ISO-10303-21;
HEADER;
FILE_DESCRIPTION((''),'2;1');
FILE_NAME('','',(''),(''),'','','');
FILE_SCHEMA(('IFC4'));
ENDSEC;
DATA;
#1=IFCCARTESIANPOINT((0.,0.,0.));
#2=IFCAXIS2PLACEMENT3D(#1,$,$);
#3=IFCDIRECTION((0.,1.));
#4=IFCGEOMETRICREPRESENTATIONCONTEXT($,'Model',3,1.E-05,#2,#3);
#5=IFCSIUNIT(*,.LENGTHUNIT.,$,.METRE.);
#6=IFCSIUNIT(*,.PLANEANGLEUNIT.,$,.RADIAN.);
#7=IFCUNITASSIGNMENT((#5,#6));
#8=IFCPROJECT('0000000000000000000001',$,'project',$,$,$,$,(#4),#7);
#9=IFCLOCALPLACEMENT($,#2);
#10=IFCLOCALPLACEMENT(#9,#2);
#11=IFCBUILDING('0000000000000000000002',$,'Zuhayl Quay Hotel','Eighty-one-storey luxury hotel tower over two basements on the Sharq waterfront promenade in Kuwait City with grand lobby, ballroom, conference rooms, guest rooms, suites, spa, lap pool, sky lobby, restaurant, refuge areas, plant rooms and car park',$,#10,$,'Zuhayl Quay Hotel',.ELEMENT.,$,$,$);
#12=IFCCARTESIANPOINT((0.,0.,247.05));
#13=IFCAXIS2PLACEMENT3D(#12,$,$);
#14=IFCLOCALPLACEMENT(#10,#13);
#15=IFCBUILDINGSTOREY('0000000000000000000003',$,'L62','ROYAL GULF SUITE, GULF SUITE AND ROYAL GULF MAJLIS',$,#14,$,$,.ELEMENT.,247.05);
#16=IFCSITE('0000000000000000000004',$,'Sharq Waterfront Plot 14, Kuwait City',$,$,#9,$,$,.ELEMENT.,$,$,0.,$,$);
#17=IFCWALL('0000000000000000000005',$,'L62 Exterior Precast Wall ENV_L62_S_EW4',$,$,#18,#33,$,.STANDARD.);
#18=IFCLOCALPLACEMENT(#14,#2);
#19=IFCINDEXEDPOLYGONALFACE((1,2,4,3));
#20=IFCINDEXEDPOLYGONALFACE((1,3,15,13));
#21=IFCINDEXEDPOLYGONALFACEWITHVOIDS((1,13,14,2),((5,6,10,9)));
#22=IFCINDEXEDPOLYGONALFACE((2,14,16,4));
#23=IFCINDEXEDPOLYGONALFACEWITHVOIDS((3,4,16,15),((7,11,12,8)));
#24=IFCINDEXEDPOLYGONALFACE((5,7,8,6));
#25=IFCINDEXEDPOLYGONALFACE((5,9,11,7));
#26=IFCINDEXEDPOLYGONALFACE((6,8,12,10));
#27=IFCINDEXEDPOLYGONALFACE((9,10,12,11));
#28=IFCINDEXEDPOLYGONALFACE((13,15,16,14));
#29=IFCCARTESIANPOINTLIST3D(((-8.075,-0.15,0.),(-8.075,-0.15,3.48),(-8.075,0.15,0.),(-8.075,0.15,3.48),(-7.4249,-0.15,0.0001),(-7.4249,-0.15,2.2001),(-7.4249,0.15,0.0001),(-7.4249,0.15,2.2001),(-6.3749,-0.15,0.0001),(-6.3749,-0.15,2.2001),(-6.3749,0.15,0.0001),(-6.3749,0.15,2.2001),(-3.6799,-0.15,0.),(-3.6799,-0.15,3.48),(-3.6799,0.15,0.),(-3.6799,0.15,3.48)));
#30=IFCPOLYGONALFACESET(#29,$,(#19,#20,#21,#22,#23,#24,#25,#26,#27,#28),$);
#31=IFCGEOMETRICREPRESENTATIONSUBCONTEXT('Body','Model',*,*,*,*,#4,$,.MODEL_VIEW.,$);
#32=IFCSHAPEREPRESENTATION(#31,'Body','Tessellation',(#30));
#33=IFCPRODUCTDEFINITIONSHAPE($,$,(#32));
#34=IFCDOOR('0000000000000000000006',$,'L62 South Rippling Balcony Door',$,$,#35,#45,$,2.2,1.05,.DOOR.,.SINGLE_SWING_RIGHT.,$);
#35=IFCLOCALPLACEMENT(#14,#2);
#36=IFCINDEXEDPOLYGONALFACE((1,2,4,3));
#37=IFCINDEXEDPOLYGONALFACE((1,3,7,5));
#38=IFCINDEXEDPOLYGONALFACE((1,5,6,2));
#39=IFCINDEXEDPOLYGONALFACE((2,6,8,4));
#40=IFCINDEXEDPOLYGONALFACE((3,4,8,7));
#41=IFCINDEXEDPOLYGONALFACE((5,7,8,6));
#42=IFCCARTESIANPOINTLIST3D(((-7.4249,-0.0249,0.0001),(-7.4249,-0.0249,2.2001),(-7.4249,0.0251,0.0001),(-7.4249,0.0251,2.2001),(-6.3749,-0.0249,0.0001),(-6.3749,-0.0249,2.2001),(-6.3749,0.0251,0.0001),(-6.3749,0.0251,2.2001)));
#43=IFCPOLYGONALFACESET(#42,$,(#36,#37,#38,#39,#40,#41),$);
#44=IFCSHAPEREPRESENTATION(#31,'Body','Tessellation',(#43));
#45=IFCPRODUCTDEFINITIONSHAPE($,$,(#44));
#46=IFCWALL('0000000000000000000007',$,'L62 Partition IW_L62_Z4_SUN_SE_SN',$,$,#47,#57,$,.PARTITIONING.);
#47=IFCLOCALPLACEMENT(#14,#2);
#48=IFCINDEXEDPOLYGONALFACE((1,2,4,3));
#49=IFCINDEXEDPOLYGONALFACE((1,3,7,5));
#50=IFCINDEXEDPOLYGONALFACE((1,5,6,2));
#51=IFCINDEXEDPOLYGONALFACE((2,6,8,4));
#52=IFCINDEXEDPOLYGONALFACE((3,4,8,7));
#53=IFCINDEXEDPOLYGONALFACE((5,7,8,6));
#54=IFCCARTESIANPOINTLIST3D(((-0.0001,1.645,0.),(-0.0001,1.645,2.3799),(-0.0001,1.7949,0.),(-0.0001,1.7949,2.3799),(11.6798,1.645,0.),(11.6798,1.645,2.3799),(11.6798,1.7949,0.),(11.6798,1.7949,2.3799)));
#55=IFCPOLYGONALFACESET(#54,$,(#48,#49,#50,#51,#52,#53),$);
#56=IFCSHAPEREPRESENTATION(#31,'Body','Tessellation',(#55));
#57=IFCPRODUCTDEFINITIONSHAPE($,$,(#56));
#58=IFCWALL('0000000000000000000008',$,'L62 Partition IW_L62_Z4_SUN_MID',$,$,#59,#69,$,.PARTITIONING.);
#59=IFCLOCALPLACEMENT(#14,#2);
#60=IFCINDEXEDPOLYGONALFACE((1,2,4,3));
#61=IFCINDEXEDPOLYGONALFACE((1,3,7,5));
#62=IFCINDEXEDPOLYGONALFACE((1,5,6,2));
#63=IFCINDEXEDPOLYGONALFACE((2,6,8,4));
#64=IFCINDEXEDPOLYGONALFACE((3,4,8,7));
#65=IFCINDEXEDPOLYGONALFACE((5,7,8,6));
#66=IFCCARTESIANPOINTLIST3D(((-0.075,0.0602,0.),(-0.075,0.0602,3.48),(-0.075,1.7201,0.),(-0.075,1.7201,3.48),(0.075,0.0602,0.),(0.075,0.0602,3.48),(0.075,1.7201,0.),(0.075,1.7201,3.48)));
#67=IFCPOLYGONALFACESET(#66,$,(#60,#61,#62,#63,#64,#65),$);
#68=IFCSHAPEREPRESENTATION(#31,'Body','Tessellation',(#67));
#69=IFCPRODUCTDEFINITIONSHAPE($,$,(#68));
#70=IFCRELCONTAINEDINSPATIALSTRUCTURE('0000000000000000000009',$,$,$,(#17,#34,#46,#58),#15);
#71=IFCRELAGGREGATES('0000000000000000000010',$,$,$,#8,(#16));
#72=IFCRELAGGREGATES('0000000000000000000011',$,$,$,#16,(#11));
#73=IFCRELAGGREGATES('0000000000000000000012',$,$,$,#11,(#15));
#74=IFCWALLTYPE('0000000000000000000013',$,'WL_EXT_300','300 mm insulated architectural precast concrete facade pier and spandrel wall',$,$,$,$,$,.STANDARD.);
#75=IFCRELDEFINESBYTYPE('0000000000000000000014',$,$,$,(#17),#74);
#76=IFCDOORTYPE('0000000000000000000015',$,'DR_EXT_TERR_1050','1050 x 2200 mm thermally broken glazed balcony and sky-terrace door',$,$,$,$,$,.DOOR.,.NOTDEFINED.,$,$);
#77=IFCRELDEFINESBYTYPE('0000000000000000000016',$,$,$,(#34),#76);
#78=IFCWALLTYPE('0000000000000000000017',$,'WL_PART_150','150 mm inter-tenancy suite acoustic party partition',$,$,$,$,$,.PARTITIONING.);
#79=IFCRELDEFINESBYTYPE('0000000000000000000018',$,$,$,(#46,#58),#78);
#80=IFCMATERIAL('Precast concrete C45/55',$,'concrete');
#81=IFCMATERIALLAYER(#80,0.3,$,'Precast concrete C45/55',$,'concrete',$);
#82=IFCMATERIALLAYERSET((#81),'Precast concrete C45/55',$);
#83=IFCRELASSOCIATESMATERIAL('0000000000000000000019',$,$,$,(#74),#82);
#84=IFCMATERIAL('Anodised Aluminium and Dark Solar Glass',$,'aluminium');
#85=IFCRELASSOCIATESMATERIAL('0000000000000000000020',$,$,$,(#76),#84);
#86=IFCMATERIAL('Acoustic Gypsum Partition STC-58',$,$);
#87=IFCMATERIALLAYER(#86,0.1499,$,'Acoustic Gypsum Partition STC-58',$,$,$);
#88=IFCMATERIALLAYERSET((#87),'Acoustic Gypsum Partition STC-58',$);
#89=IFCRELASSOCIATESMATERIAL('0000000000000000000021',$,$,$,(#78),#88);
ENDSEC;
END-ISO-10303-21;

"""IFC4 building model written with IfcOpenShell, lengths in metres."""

from ifc_helpers import new_model, si_unit, direction, frame, frame_2d, origin, place, context, subcontext, project, spatial, rectangle, extrude, material, layer, layer_set, type_object, element, fill, save


model = new_model("IFC4")

# Units and contexts
model_context = context("Model", 3, precision=1e-05, world=origin(), true_north=direction((0.0, 1.0)))
body_context = subcontext(model_context, "Body", "Model", "MODEL_VIEW")
ifc_project = project(units=[si_unit("LENGTHUNIT", "METRE"), si_unit("PLANEANGLEUNIT", "RADIAN")], contexts=[model_context])

# Site, building, storey
site_placement = place(None, origin())
site = spatial("IfcSite", under=ifc_project, at=site_placement, Name="Sharq Waterfront Plot 14, Kuwait City", CompositionType="ELEMENT", RefElevation=0.0)
building_placement = place(site_placement, origin())
building = spatial("IfcBuilding", under=site, at=building_placement, Name="Zuhayl Quay Hotel", Description="Eighty-one-storey luxury hotel tower over two basements on the Sharq waterfront promenade in Kuwait City with grand lobby, ballroom, conference rooms, guest rooms, suites, spa, lap pool, sky lobby, restaurant, refuge areas, plant rooms and car park", LongName="Zuhayl Quay Hotel", CompositionType="ELEMENT")
storey_placement = place(building_placement, frame((0.0, 0.0, 247.05)))
storey = spatial("IfcBuildingStorey", under=building, at=storey_placement, Name="L62", Description="ROYAL GULF SUITE, GULF SUITE AND ROYAL GULF MAJLIS", CompositionType="ELEMENT", Elevation=247.05)

# Wall, opening, door
ifc_material_1 = material(Name="Precast concrete C45/55", Category="concrete")
ifc_layer_1 = layer(ifc_material_1, 0.3, Name="Precast concrete C45/55", Category="concrete")
ifc_layer_set_1 = layer_set([ifc_layer_1], Name="Precast concrete C45/55")
wall_type_1 = type_object("IfcWallType", Name="WL_EXT_300", Description="300 mm insulated architectural precast concrete facade pier and spandrel wall", PredefinedType="STANDARD", material=ifc_layer_set_1)
wall_1_placement = place(storey_placement, frame((-3.6799, 0.0, 0.0), z_axis=(0.0, 0.0, 1.0), x_axis=(-1.0, 0.0, 0.0)))
wall_1 = element("IfcWall", 1, at=wall_1_placement, inside=storey, type_object=wall_type_1, Name="L62 Exterior Precast Wall ENV_L62_S_EW4", PredefinedType="STANDARD", context=body_context, shape_type="SweptSolid", body=[
    extrude(rectangle(XDim=4.395, YDim=0.3, at=frame_2d((2.1975, 0.0))), origin(), (0.0, 0.0, 1.0), 3.48),
])
opening_placement = place(wall_1_placement, frame((2.6951, 0.0, 0.0)))
opening = element("IfcOpeningElement", 2, at=opening_placement, cuts=wall_1, PredefinedType="OPENING", context=body_context, shape_type="SweptSolid", body=[
    extrude(rectangle(XDim=1.05, YDim=2.2, at=frame_2d((0.5249, 1.1001))), frame((0.0, 0.1599, 0.0), z_axis=(0.0, -1.0, 0.0), x_axis=(1.0, 0.0, 0.0)), (0.0, 0.0, 1.0), 0.3201),
])
ifc_material_2 = material(Name="Anodised Aluminium and Dark Solar Glass", Category="aluminium")
door_type = type_object("IfcDoorType", Name="DR_EXT_TERR_1050", Description="1050 x 2200 mm thermally broken glazed balcony and sky-terrace door", OperationType="NOTDEFINED", PredefinedType="DOOR", material=ifc_material_2)
door_placement = place(opening_placement, origin())
door = element("IfcDoor", 3, at=door_placement, inside=storey, type_object=door_type, Name="L62 South Rippling Balcony Door", OperationType="SINGLE_SWING_RIGHT", OverallHeight=2.2, OverallWidth=1.05, PredefinedType="DOOR", context=body_context, shape_type="SweptSolid", body=[
    extrude(rectangle(XDim=1.05, YDim=2.2, at=frame_2d((0.5249, 1.1001))), frame((0.0, 0.0249, 0.0), z_axis=(0.0, -1.0, 0.0), x_axis=(1.0, 0.0, 0.0)), (0.0, 0.0, 1.0), 0.05),
])
fill(opening, door)

# Walls
ifc_material_3 = material(Name="Acoustic Gypsum Partition STC-58")
ifc_layer_2 = layer(ifc_material_3, 0.1499, Name="Acoustic Gypsum Partition STC-58")
ifc_layer_set_2 = layer_set([ifc_layer_2], Name="Acoustic Gypsum Partition STC-58")
wall_type_2 = type_object("IfcWallType", Name="WL_PART_150", Description="150 mm inter-tenancy suite acoustic party partition", PredefinedType="PARTITIONING", material=ifc_layer_set_2)
wall_2_placement = place(storey_placement, frame((0.0, 1.72, 0.0), z_axis=(0.0, 0.0, 1.0), x_axis=(1.0, 0.0, 0.0)))
element("IfcWall", 4, at=wall_2_placement, inside=storey, type_object=wall_type_2, Name="L62 Partition IW_L62_Z4_SUN_SE_SN", PredefinedType="PARTITIONING", context=body_context, shape_type="SweptSolid", body=[
    extrude(rectangle(XDim=11.6799, YDim=0.1499, at=frame_2d((5.8398, 0.0))), origin(), (0.0, 0.0, 1.0), 2.3799),
])
wall_3_placement = place(storey_placement, frame((0.0, 0.0601, 0.0), z_axis=(0.0, 0.0, 1.0), x_axis=(0.0, 1.0, 0.0)))
element("IfcWall", 5, at=wall_3_placement, inside=storey, type_object=wall_type_2, Name="L62 Partition IW_L62_Z4_SUN_MID", PredefinedType="PARTITIONING", context=body_context, shape_type="SweptSolid", body=[
    extrude(rectangle(XDim=1.6599, YDim=0.1499, at=frame_2d((0.8301, 0.0))), origin(), (0.0, 0.0, 1.0), 3.48),
])

save(model, "model.ifc")
